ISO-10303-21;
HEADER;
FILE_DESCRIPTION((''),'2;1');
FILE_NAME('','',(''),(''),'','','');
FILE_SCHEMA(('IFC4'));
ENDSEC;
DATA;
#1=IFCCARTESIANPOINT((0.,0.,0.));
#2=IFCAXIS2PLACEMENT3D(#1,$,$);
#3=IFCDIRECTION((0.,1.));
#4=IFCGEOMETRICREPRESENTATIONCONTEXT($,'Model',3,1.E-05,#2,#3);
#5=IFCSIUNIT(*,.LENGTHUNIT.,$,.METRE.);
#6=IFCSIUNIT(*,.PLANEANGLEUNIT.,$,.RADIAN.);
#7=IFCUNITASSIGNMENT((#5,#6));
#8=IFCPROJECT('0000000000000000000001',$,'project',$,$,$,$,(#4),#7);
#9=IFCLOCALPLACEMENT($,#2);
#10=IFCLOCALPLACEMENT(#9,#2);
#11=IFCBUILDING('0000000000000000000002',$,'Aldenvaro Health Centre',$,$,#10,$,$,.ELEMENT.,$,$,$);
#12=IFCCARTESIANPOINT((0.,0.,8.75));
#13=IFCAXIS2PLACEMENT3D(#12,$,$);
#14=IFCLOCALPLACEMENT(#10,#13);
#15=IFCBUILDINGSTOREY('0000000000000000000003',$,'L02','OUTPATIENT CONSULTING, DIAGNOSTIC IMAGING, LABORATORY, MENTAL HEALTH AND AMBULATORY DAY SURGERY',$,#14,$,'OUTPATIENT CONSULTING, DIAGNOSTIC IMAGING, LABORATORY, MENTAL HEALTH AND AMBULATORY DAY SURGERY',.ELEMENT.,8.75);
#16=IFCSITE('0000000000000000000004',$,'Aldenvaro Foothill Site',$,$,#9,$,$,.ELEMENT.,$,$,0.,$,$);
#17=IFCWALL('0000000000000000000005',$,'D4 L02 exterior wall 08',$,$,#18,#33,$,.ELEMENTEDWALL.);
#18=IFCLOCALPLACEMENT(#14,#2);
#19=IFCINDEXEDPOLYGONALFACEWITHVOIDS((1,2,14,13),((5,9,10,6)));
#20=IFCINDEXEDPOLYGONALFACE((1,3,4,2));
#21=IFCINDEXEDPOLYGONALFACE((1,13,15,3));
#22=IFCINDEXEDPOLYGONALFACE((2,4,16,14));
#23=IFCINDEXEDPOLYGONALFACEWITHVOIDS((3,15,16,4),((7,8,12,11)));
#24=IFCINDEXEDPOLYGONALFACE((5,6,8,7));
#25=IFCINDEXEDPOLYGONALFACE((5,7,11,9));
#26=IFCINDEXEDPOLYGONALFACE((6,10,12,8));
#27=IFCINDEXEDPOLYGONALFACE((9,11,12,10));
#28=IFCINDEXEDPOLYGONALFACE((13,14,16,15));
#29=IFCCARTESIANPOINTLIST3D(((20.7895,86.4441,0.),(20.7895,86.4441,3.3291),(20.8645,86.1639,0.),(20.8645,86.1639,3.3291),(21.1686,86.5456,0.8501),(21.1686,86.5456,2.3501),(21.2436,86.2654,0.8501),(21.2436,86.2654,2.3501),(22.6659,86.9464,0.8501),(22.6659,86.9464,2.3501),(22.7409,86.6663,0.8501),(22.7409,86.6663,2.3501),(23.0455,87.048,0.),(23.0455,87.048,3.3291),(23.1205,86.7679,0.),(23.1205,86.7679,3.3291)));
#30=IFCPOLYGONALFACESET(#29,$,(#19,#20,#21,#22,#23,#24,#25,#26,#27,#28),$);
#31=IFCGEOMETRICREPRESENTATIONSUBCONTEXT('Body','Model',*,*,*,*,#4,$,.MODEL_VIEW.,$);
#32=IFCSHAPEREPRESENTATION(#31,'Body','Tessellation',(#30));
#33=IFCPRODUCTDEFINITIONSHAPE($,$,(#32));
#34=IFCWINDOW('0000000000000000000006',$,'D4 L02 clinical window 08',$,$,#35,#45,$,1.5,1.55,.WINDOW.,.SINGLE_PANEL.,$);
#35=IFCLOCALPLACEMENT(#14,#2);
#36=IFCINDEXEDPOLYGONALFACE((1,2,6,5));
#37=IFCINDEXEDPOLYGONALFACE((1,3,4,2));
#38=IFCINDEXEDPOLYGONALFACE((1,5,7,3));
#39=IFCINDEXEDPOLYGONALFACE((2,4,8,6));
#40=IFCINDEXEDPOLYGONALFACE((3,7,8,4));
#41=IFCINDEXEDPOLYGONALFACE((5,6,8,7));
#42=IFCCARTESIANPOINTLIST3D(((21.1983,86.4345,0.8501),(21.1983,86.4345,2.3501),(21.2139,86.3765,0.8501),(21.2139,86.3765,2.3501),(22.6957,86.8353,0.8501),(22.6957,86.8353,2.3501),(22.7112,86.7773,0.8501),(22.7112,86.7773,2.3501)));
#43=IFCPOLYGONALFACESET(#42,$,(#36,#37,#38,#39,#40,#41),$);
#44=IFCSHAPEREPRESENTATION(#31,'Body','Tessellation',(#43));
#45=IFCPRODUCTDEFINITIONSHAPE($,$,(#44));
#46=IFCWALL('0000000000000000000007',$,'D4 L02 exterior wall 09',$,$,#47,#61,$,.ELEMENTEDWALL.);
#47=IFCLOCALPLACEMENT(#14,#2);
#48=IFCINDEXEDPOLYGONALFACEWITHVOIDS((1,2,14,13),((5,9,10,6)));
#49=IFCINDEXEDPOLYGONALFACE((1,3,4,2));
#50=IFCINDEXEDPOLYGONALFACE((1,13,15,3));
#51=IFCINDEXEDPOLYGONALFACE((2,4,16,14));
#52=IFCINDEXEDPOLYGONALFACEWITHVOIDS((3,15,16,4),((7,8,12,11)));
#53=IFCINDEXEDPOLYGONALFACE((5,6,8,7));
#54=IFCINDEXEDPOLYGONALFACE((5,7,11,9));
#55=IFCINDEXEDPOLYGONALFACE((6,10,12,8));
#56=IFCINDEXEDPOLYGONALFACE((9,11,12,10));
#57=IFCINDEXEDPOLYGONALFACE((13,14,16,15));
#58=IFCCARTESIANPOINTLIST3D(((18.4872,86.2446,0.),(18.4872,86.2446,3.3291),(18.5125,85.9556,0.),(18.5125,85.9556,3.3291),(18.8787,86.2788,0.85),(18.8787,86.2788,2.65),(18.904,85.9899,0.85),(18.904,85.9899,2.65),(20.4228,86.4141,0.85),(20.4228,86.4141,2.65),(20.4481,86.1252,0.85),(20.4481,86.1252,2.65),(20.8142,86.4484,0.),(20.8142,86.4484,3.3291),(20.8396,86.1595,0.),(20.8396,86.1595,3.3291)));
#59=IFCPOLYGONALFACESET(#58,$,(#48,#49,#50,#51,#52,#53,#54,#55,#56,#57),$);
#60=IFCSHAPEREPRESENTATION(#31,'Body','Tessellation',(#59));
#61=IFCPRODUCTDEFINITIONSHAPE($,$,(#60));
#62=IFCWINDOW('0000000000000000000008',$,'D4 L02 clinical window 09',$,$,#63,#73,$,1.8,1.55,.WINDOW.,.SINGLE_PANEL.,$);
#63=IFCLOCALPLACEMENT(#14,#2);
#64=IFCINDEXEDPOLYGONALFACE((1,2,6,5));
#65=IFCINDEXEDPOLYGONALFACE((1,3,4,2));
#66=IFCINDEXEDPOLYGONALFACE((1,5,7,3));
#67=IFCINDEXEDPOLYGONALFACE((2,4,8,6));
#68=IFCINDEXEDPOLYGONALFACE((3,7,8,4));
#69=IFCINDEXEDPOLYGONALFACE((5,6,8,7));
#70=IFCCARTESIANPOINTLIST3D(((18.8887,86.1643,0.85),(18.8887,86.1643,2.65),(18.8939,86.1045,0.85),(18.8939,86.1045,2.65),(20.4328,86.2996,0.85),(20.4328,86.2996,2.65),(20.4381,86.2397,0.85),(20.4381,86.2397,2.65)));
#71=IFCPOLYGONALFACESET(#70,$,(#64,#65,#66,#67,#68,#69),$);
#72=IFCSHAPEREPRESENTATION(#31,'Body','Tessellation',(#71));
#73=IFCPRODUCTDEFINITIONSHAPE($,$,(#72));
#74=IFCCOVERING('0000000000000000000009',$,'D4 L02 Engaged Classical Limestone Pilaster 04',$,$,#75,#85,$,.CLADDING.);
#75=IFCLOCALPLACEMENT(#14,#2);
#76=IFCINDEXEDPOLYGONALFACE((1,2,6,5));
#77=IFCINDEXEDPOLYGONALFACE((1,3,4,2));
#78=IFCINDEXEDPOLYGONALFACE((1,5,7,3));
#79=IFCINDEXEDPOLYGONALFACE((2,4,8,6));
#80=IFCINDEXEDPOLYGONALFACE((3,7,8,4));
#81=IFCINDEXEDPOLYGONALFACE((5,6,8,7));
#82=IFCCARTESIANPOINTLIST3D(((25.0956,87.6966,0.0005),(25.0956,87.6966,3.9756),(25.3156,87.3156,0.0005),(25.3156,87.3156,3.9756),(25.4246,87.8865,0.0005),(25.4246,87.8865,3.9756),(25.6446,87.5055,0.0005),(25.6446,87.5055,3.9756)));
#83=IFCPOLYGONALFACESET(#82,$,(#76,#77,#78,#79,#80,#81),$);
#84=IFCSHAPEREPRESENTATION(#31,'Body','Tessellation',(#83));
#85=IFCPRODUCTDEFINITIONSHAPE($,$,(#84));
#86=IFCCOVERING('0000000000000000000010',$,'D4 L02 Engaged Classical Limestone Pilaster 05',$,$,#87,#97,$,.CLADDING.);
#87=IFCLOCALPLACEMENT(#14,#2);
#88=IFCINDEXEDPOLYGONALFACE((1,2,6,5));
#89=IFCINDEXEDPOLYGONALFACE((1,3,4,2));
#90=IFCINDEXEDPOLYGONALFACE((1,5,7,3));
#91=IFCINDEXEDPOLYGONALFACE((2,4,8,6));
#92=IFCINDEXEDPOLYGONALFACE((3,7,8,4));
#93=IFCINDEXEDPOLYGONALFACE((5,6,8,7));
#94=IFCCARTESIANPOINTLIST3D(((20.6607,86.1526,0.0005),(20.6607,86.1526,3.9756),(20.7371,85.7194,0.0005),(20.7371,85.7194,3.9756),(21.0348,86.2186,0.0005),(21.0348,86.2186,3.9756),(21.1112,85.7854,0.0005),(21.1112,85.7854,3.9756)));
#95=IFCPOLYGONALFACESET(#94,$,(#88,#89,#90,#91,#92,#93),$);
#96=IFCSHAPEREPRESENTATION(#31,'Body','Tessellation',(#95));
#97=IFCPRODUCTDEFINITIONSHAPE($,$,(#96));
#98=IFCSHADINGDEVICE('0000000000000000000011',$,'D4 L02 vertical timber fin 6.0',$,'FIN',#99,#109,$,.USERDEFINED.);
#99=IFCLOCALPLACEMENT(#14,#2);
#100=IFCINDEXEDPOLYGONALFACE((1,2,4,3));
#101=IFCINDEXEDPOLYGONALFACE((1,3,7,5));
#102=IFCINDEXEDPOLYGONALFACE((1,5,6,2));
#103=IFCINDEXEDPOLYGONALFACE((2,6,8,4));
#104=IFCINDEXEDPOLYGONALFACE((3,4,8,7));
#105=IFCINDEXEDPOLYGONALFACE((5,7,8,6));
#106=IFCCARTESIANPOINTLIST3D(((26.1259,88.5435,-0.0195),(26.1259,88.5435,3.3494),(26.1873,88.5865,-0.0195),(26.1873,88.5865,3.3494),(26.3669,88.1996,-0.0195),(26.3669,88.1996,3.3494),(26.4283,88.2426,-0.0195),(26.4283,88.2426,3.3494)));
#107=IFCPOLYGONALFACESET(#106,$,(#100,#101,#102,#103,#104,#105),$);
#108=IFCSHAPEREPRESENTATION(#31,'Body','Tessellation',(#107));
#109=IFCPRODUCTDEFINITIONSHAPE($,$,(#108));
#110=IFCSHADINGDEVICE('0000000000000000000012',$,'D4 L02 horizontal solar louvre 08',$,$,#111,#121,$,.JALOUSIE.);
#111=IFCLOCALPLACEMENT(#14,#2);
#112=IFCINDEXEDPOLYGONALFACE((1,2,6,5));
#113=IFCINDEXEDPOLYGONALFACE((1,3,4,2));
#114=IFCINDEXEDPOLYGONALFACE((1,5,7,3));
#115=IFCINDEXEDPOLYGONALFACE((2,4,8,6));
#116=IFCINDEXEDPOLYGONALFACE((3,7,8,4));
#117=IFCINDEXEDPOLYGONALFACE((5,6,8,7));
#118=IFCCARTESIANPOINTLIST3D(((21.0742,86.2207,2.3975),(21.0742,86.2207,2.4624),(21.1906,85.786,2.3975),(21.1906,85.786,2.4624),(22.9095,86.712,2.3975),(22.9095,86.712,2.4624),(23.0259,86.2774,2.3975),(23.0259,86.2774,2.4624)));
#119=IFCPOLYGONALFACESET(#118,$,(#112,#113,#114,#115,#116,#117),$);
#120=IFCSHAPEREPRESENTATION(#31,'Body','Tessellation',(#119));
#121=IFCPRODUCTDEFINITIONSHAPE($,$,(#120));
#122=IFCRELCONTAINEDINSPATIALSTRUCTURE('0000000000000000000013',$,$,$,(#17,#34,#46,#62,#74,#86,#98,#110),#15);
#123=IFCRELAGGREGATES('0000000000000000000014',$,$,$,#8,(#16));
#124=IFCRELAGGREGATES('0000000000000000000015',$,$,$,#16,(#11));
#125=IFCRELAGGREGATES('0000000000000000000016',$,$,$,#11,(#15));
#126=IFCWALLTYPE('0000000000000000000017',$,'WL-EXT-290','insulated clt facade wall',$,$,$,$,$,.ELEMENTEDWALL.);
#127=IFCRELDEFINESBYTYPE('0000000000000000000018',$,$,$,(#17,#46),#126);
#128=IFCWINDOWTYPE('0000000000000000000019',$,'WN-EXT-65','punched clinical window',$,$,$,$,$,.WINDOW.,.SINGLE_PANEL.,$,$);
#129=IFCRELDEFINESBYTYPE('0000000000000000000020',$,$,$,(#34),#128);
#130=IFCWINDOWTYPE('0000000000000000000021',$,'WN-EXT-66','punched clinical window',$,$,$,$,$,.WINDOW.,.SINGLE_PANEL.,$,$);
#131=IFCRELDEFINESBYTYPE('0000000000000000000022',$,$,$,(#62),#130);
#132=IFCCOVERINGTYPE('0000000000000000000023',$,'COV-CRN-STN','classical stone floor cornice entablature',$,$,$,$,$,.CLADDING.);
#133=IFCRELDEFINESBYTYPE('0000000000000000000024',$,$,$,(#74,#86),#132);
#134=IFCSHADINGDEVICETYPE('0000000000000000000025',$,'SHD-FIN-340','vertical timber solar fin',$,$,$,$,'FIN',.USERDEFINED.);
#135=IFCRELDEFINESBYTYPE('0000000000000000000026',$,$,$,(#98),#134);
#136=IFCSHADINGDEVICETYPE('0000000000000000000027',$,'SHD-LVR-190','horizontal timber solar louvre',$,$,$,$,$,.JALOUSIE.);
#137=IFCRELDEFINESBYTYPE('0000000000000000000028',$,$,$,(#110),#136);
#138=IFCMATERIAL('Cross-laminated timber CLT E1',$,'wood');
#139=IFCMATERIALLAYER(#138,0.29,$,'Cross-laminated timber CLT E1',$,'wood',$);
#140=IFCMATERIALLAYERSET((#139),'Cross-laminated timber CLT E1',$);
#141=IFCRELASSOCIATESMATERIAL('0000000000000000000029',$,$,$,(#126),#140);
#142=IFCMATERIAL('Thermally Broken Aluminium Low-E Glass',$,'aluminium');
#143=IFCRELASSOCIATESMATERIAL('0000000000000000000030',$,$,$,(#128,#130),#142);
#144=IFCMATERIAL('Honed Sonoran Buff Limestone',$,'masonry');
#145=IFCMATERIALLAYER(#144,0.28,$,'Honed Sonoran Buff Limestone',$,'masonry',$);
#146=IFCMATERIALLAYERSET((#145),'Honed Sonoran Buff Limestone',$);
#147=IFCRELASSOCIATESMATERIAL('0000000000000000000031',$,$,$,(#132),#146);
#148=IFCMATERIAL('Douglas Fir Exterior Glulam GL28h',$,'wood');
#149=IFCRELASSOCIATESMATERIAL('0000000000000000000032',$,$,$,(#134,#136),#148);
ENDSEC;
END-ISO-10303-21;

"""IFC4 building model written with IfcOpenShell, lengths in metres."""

from ifc_helpers import new_model, si_unit, direction, frame, frame_2d, origin, origin_2d, place, context, subcontext, project, spatial, rectangle, extrude, material, layer, layer_set, type_object, element, fill, save


model = new_model("IFC4")

# Units and contexts
model_context = context("Model", 3, precision=1e-05, world=origin(), true_north=direction((0.0, 1.0)))
body_context = subcontext(model_context, "Body", "Model", "MODEL_VIEW")
ifc_project = project(units=[si_unit("LENGTHUNIT", "METRE"), si_unit("PLANEANGLEUNIT", "RADIAN")], contexts=[model_context])

# Site, building, storey
site_placement = place(None, origin())
site = spatial("IfcSite", under=ifc_project, at=site_placement, Name="Aldenvaro Foothill Site", CompositionType="ELEMENT", RefElevation=0.0)
building_placement = place(site_placement, origin())
building = spatial("IfcBuilding", under=site, at=building_placement, Name="Aldenvaro Health Centre", CompositionType="ELEMENT")
storey_placement = place(building_placement, frame((0.0, 0.0, 8.75)))
storey = spatial("IfcBuildingStorey", under=building, at=storey_placement, Name="L02", Description="OUTPATIENT CONSULTING, DIAGNOSTIC IMAGING, LABORATORY, MENTAL HEALTH AND AMBULATORY DAY SURGERY", LongName="OUTPATIENT CONSULTING, DIAGNOSTIC IMAGING, LABORATORY, MENTAL HEALTH AND AMBULATORY DAY SURGERY", CompositionType="ELEMENT", Elevation=8.75)

# Walls, openings, windows
ifc_material_1 = material(Name="Cross-laminated timber CLT E1", Category="wood")
ifc_layer_1 = layer(ifc_material_1, 0.29, Name="Cross-laminated timber CLT E1", Category="wood")
ifc_layer_set_1 = layer_set([ifc_layer_1], Name="Cross-laminated timber CLT E1")
wall_type = type_object("IfcWallType", Name="WL-EXT-290", Description="insulated clt facade wall", PredefinedType="ELEMENTEDWALL", material=ifc_layer_set_1)
ifc_material_2 = material(Name="Thermally Broken Aluminium Low-E Glass", Category="aluminium")
wall_1_placement = place(storey_placement, frame((23.083, 86.908, 0.0), z_axis=(0.0, 0.0, 1.0), x_axis=(-0.965981, -0.258612, 0.0)))
wall_1 = element("IfcWall", 1, at=wall_1_placement, inside=storey, type_object=wall_type, Name="D4 L02 exterior wall 08", PredefinedType="ELEMENTEDWALL", context=body_context, shape_type="SweptSolid", body=[
    extrude(rectangle(XDim=2.3354, YDim=0.29, at=frame_2d((1.1677, 0.0))), origin(), (0.0, 0.0, 1.0), 3.3291),
])
opening_1_placement = place(wall_1_placement, frame((0.3931, 0.0, 0.8501)))
opening_1 = element("IfcOpeningElement", 2, at=opening_1_placement, cuts=wall_1, PredefinedType="OPENING", context=body_context, shape_type="SweptSolid", body=[
    extrude(rectangle(XDim=1.55, YDim=1.5, at=frame_2d((0.7749, 0.75))), frame((0.0, 0.155, 0.0), z_axis=(0.0, -1.0, 0.0), x_axis=(1.0, 0.0, 0.0)), (0.0, 0.0, 1.0), 0.3101),
])
window_type_1 = type_object("IfcWindowType", Name="WN-EXT-65", Description="punched clinical window", PartitioningType="SINGLE_PANEL", PredefinedType="WINDOW", material=ifc_material_2)
window_1_placement = place(opening_1_placement, origin())
window_1 = element("IfcWindow", 3, at=window_1_placement, inside=storey, type_object=window_type_1, Name="D4 L02 clinical window 08", OverallHeight=1.5, OverallWidth=1.55, PartitioningType="SINGLE_PANEL", PredefinedType="WINDOW", context=body_context, shape_type="SweptSolid", body=[
    extrude(rectangle(XDim=1.55, YDim=1.5, at=frame_2d((0.7749, 0.75))), frame((0.0, 0.03, 0.0), z_axis=(0.0, -1.0, 0.0), x_axis=(1.0, 0.0, 0.0)), (0.0, 0.0, 1.0), 0.0601),
])
fill(opening_1, window_1)
wall_2_placement = place(storey_placement, frame((20.8269, 86.304, 0.0), z_axis=(0.0, 0.0, 1.0), x_axis=(-0.996184, -0.087275, 0.0)))
wall_2 = element("IfcWall", 4, at=wall_2_placement, inside=storey, type_object=wall_type, Name="D4 L02 exterior wall 09", PredefinedType="ELEMENTEDWALL", context=body_context, shape_type="SweptSolid", body=[
    extrude(rectangle(XDim=2.3359, YDim=0.29, at=frame_2d((1.168, 0.0))), origin(), (0.0, 0.0, 1.0), 3.3291),
])
opening_2_placement = place(wall_2_placement, frame((0.3931, 0.0, 0.8501)))
opening_2 = element("IfcOpeningElement", 5, at=opening_2_placement, cuts=wall_2, PredefinedType="OPENING", context=body_context, shape_type="SweptSolid", body=[
    extrude(rectangle(XDim=1.55, YDim=1.8, at=frame_2d((0.7749, 0.8999))), frame((0.0, 0.155, 0.0), z_axis=(0.0, -1.0, 0.0), x_axis=(1.0, 0.0, 0.0)), (0.0, 0.0, 1.0), 0.3101),
])
window_type_2 = type_object("IfcWindowType", Name="WN-EXT-66", Description="punched clinical window", PartitioningType="SINGLE_PANEL", PredefinedType="WINDOW", material=ifc_material_2)
window_2_placement = place(opening_2_placement, origin())
window_2 = element("IfcWindow", 6, at=window_2_placement, inside=storey, type_object=window_type_2, Name="D4 L02 clinical window 09", OverallHeight=1.8, OverallWidth=1.55, PartitioningType="SINGLE_PANEL", PredefinedType="WINDOW", context=body_context, shape_type="SweptSolid", body=[
    extrude(rectangle(XDim=1.55, YDim=1.8, at=frame_2d((0.7749, 0.8999))), frame((0.0, 0.03, 0.0), z_axis=(0.0, -1.0, 0.0), x_axis=(1.0, 0.0, 0.0)), (0.0, 0.0, 1.0), 0.0601),
])
fill(opening_2, window_2)

# Coverings
ifc_material_3 = material(Name="Honed Sonoran Buff Limestone", Category="masonry")
ifc_layer_2 = layer(ifc_material_3, 0.28, Name="Honed Sonoran Buff Limestone", Category="masonry")
ifc_layer_set_2 = layer_set([ifc_layer_2], Name="Honed Sonoran Buff Limestone")
covering_type = type_object("IfcCoveringType", Name="COV-CRN-STN", Description="classical stone floor cornice entablature", PredefinedType="CLADDING", material=ifc_layer_set_2)
for number, where, z_axis, x_axis, name in (
    (7, (25.3701, 87.6011, 0.0005), (0.0, 0.0, 1.0), (0.499992, -0.86603, 0.0), "D4 L02 Engaged Classical Limestone Pilaster 04"),
    (8, (20.886, 85.969, 0.0005), (0.0, 0.0, 1.0), (0.173662, -0.984805, 0.0), "D4 L02 Engaged Classical Limestone Pilaster 05"),
):
    element("IfcCovering", number, at=place(storey_placement, frame(where, z_axis=z_axis, x_axis=x_axis)), inside=storey, type_object=covering_type, Name=name, PredefinedType="CLADDING", context=body_context, shape_type="SweptSolid", body=[
        extrude(rectangle(XDim=0.4399, YDim=0.3799, at=origin_2d()), origin(), (0.0, 0.0, 1.0), 3.9751),
    ])

# Shading devices
ifc_material_4 = material(Name="Douglas Fir Exterior Glulam GL28h", Category="wood")
shading_device_type_1 = type_object("IfcShadingDeviceType", Name="SHD-FIN-340", Description="vertical timber solar fin", ElementType="FIN", PredefinedType="USERDEFINED", material=ifc_material_4)
shading_device_1_placement = place(storey_placement, frame((26.2771, 88.3931, -0.0195), z_axis=(0.0, 0.0, 1.0), x_axis=(-0.819051, -0.573721, 0.0)))
element("IfcShadingDevice", 9, at=shading_device_1_placement, inside=storey, type_object=shading_device_type_1, Name="D4 L02 vertical timber fin 6.0", ObjectType="FIN", PredefinedType="USERDEFINED", context=body_context, shape_type="SweptSolid", body=[
    extrude(rectangle(XDim=0.075, YDim=0.4199, at=origin_2d()), origin(), (0.0, 0.0, 1.0), 3.3689),
])
shading_device_type_2 = type_object("IfcShadingDeviceType", Name="SHD-LVR-190", Description="horizontal timber solar louvre", PredefinedType="JALOUSIE", material=ifc_material_4)
shading_device_2_placement = place(storey_placement, frame((22.05, 86.249, 2.3975), z_axis=(0.0, 0.0, 1.0), x_axis=(-0.965979, -0.258622, 0.0)))
element("IfcShadingDevice", 10, at=shading_device_2_placement, inside=storey, type_object=shading_device_type_2, Name="D4 L02 horizontal solar louvre 08", PredefinedType="JALOUSIE", context=body_context, shape_type="SweptSolid", body=[
    extrude(rectangle(XDim=1.8999, YDim=0.45, at=origin_2d()), origin(), (0.0, 0.0, 1.0), 0.0649),
])

save(model, "model.ifc")
